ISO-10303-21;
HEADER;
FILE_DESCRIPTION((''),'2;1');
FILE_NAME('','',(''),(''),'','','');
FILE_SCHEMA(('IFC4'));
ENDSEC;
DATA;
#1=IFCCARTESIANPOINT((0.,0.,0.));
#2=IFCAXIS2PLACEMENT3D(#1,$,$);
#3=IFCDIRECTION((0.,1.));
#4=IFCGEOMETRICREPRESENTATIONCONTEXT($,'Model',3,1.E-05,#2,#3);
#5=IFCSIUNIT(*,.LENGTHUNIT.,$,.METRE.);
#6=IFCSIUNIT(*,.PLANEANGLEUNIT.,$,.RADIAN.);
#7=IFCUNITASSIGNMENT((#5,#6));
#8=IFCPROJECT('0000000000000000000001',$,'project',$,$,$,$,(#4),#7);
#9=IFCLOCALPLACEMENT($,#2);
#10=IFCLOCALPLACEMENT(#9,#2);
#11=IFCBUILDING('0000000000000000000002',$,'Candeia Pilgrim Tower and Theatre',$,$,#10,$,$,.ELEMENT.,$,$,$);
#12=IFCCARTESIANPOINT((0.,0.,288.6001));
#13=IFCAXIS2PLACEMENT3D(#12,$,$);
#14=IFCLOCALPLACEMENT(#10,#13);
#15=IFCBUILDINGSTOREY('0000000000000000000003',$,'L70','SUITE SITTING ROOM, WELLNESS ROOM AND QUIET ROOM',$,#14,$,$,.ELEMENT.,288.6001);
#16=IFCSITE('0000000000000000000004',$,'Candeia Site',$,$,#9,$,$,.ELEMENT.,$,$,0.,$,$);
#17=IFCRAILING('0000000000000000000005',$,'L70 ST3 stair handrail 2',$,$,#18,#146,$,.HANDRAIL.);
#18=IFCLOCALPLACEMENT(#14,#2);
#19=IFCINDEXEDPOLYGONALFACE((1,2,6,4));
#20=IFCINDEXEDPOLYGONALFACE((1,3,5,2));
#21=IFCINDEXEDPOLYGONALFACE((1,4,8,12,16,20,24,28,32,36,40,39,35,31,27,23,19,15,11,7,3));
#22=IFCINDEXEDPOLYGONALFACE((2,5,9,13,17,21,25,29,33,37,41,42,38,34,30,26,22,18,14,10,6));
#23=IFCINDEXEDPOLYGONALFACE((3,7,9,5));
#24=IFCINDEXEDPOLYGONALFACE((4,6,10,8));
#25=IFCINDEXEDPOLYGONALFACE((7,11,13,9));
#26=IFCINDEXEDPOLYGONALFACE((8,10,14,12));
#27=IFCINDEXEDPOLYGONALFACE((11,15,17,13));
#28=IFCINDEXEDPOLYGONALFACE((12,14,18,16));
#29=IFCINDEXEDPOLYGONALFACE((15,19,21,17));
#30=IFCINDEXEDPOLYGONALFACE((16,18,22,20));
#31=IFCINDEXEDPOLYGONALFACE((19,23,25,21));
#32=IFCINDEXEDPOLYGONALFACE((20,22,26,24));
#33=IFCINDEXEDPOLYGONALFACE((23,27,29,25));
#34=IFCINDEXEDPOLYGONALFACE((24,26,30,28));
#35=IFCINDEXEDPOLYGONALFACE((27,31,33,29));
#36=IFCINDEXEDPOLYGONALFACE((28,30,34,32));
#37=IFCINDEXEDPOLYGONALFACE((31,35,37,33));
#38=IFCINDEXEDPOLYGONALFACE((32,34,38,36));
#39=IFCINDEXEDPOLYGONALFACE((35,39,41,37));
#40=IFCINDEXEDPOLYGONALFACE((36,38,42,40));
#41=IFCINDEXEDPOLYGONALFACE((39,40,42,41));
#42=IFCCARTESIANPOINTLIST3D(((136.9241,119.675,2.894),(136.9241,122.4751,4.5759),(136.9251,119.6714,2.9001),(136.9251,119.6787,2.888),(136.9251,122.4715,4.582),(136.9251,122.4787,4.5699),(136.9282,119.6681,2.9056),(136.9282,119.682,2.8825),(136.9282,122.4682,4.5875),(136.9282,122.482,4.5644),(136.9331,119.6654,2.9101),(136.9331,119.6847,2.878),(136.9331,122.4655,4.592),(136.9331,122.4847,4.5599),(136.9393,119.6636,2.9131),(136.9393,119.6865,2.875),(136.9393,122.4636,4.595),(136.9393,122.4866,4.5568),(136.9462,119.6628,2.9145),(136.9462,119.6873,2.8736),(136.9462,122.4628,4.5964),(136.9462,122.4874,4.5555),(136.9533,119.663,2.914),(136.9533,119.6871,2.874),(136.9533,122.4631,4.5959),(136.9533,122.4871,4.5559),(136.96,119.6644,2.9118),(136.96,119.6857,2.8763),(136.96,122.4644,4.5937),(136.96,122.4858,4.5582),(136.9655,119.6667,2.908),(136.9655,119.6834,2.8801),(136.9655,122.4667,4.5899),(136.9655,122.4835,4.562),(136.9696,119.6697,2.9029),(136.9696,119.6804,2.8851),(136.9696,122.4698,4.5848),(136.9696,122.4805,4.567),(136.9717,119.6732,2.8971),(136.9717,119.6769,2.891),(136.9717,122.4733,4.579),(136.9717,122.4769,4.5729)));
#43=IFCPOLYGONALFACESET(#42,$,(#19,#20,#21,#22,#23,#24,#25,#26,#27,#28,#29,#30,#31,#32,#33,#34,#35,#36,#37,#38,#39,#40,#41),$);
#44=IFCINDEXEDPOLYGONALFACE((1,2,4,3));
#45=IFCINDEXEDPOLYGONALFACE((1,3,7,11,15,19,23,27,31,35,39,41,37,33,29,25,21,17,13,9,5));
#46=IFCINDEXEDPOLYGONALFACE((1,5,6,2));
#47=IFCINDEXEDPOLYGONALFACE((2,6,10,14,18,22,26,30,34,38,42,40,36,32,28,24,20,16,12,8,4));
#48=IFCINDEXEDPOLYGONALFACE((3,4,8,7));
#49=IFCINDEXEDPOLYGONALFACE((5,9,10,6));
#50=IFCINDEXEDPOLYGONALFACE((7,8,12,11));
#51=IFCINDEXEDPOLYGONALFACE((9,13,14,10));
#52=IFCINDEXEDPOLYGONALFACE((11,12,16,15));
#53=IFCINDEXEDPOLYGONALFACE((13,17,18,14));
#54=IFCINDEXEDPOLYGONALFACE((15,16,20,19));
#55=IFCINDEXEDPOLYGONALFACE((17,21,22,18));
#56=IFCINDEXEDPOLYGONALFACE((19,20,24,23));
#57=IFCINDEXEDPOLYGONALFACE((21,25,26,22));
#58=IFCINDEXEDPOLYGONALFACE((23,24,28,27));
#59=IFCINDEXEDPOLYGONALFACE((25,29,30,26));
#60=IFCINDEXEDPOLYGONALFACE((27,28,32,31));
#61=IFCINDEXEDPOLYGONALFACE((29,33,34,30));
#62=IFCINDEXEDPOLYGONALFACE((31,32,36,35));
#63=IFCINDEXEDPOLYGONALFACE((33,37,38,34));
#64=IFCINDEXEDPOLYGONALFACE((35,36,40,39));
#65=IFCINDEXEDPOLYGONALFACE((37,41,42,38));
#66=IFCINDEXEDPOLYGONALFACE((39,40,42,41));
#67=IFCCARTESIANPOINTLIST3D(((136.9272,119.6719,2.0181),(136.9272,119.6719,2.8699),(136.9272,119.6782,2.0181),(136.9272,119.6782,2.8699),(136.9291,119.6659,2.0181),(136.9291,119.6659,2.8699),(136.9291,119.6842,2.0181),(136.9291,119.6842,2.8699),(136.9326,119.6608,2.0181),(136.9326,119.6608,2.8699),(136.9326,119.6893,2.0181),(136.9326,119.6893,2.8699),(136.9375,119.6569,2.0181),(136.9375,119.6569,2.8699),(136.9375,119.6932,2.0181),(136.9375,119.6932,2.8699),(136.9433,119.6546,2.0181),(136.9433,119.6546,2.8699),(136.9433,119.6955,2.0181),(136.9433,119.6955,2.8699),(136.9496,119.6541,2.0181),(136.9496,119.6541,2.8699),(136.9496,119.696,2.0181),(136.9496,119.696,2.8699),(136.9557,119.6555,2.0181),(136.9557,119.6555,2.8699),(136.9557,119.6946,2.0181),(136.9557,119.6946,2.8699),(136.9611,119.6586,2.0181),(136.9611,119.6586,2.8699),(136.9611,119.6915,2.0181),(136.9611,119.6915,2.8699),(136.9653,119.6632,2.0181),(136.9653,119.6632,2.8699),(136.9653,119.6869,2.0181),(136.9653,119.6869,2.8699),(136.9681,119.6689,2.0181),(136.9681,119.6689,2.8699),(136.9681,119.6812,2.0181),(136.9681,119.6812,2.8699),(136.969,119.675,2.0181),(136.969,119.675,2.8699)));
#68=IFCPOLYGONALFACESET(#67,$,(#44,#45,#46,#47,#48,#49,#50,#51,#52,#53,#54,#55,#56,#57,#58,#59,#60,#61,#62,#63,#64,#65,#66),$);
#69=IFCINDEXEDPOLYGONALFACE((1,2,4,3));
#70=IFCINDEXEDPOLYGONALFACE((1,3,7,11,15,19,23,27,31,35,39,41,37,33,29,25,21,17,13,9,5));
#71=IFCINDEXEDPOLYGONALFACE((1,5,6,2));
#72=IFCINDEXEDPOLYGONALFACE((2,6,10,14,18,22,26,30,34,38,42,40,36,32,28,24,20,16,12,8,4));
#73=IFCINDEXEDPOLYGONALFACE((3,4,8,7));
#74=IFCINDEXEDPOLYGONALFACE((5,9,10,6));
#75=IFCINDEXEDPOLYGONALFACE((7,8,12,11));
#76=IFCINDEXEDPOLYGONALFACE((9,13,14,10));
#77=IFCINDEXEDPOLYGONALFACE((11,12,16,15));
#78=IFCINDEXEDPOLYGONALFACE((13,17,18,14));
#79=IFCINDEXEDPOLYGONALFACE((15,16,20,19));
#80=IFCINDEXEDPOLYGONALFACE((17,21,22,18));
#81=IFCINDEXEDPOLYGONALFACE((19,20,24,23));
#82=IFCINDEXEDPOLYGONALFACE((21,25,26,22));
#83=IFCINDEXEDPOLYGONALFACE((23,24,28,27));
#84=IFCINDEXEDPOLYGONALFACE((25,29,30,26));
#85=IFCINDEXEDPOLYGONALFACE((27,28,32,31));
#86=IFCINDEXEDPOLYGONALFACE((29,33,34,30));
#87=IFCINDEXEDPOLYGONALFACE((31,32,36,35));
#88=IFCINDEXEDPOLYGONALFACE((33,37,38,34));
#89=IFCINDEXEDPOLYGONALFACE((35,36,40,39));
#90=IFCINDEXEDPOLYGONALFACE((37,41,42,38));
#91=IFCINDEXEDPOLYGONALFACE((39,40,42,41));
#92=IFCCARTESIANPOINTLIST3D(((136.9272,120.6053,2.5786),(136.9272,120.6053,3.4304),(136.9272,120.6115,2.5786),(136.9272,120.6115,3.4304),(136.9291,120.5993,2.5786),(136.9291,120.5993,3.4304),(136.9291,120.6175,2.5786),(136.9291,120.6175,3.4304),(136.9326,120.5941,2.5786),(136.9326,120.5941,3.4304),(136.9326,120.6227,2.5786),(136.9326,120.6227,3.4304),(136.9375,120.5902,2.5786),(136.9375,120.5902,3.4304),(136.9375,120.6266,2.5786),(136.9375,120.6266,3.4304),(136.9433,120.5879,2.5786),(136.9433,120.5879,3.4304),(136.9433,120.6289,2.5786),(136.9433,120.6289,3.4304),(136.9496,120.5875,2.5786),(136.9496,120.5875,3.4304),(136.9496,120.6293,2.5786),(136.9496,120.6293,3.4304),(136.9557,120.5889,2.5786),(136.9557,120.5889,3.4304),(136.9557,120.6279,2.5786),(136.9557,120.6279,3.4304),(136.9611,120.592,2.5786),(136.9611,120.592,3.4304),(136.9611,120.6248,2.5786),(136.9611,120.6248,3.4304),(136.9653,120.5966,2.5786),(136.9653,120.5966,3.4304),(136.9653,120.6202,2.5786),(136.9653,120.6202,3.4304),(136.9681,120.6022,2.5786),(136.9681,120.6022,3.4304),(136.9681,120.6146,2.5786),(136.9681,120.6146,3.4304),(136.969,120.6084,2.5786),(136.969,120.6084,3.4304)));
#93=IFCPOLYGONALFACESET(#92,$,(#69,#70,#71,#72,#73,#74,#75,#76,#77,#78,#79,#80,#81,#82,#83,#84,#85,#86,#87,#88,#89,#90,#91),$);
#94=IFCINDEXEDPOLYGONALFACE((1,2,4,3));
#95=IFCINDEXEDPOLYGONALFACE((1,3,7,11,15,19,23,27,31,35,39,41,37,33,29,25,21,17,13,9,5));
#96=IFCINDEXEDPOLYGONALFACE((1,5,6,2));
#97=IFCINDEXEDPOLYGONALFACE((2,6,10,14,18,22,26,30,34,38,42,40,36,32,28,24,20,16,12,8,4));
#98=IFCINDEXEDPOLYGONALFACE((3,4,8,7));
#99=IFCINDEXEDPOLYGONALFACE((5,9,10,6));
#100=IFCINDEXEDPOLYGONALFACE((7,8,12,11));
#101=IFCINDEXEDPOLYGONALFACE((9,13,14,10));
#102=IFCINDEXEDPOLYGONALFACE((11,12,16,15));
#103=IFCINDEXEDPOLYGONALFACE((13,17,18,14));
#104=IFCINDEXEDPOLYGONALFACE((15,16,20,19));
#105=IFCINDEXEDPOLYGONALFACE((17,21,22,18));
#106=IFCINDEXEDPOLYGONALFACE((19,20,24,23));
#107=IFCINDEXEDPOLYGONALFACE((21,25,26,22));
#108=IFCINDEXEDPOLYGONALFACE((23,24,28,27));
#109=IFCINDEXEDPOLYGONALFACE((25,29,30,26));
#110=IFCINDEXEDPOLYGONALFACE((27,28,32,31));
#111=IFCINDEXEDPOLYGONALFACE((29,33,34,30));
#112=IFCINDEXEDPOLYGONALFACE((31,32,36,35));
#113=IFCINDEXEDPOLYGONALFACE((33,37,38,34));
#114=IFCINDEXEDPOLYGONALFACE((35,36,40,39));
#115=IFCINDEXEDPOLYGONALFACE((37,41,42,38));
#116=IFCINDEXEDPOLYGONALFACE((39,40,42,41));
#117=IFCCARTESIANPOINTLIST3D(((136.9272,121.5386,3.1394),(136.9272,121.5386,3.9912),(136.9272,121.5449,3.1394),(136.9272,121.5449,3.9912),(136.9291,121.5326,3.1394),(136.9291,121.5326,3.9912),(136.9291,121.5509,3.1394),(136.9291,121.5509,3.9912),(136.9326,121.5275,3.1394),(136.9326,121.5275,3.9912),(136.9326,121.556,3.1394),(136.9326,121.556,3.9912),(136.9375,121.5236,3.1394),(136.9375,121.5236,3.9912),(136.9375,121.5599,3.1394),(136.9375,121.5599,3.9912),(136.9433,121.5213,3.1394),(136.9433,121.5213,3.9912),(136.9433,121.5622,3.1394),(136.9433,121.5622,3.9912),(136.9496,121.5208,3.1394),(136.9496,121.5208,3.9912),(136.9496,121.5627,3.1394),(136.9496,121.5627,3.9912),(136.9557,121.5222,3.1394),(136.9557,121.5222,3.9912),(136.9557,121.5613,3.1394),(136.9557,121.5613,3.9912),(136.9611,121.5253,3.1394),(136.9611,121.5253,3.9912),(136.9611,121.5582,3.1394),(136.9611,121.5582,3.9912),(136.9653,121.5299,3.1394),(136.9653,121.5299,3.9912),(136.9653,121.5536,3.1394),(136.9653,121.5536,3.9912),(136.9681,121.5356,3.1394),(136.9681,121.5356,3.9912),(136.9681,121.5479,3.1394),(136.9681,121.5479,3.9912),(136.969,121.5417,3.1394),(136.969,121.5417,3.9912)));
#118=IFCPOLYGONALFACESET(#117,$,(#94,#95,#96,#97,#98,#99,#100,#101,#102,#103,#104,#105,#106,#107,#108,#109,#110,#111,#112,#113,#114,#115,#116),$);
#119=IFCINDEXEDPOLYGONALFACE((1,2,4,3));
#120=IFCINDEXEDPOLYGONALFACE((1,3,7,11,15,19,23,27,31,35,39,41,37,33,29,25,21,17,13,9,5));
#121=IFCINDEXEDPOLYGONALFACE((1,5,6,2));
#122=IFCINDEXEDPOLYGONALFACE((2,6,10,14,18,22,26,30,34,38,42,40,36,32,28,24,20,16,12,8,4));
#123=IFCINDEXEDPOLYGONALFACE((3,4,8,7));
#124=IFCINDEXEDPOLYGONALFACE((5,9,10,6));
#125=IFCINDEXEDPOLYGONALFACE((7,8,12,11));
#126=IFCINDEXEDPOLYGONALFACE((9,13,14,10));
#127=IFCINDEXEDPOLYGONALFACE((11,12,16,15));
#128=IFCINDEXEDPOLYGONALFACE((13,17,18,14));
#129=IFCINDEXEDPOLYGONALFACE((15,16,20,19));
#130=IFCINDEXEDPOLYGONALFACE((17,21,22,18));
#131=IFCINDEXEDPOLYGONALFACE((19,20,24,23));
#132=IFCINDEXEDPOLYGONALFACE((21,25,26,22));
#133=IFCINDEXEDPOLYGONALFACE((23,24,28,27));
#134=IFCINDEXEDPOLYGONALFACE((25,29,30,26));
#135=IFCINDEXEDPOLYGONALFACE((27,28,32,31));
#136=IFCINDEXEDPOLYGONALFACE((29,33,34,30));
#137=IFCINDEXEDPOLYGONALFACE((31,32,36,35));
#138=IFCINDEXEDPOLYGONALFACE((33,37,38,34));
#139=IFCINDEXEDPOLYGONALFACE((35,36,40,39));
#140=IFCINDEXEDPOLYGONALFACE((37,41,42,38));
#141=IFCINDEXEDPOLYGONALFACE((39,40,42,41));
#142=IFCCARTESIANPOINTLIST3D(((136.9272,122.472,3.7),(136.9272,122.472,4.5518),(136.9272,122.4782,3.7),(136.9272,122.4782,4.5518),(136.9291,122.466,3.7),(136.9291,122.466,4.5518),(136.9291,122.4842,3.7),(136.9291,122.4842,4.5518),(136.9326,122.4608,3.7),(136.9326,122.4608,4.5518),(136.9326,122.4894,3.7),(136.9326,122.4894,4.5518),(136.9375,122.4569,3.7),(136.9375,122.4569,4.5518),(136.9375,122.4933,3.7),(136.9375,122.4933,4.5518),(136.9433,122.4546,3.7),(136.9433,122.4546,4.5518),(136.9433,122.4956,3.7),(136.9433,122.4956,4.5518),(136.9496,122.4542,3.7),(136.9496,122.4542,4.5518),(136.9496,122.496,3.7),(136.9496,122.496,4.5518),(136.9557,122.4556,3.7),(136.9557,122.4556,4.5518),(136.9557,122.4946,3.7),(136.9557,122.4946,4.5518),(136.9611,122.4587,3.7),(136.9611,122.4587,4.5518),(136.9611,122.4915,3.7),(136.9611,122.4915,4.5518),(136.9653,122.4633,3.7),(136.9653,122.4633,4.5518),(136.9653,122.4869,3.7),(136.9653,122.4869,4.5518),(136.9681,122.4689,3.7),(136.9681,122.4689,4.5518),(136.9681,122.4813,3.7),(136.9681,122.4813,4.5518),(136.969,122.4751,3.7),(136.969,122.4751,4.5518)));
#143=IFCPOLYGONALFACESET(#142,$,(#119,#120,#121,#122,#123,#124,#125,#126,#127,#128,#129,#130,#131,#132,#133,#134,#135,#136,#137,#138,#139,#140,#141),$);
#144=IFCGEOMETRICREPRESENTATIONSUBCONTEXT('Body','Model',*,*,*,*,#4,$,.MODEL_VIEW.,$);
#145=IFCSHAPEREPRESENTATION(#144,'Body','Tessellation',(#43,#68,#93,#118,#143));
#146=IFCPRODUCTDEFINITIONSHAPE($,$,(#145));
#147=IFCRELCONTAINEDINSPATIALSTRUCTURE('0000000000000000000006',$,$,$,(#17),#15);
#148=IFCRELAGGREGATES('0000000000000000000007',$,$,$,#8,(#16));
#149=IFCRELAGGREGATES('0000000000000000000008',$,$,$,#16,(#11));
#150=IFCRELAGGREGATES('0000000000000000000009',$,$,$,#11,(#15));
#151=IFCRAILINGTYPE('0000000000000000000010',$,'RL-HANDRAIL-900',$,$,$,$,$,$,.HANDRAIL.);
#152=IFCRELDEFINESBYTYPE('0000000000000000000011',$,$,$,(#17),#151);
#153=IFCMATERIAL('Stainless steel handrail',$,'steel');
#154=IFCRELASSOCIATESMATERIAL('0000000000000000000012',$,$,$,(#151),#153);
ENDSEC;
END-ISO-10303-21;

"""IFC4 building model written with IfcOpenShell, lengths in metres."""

from ifc_helpers import new_model, si_unit, direction, frame, origin, origin_2d, place, context, subcontext, project, spatial, circle, extrude, material, type_object, element, save


model = new_model("IFC4")

# Units and contexts
model_context = context("Model", 3, precision=1e-05, world=origin(), true_north=direction((0.0, 1.0)))
body_context = subcontext(model_context, "Body", "Model", "MODEL_VIEW")
ifc_project = project(units=[si_unit("LENGTHUNIT", "METRE"), si_unit("PLANEANGLEUNIT", "RADIAN")], contexts=[model_context])

# Site, building, storey
site_placement = place(None, origin())
site = spatial("IfcSite", under=ifc_project, at=site_placement, Name="Candeia Site", CompositionType="ELEMENT", RefElevation=0.0)
building_placement = place(site_placement, origin())
building = spatial("IfcBuilding", under=site, at=building_placement, Name="Candeia Pilgrim Tower and Theatre", CompositionType="ELEMENT")
storey_placement = place(building_placement, frame((0.0, 0.0, 288.6001)))
storey = spatial("IfcBuildingStorey", under=building, at=storey_placement, Name="L70", Description="SUITE SITTING ROOM, WELLNESS ROOM AND QUIET ROOM", CompositionType="ELEMENT", Elevation=288.6001)

# Railing
ifc_material_1 = material(Name="Stainless steel handrail", Category="steel")
railing_type_1 = type_object("IfcRailingType", Name="RL-HANDRAIL-900", PredefinedType="HANDRAIL", material=ifc_material_1)
railing_1_placement = place(storey_placement, frame((136.948, 119.675, 2.0181)))
element("IfcRailing", 1, at=railing_1_placement, inside=storey, type_object=railing_type_1, Name="L70 ST3 stair handrail 2", PredefinedType="HANDRAIL", context=body_context, shape_type="SweptSolid", body=[
    extrude(circle(Radius=0.0239, at=origin_2d()), frame((0.0, 0.0, 0.876), z_axis=(0.0, 0.857242, 0.514913), x_axis=(-1.0, 0.0, 0.0)), (0.0, 0.0, 1.0), 3.2664),
    extrude(circle(Radius=0.021, at=origin_2d()), origin(), (0.0, 0.0, 1.0), 0.8518),
    extrude(circle(Radius=0.021, at=origin_2d()), frame((0.0, 0.9333, 0.5605)), (0.0, 0.0, 1.0), 0.8518),
    extrude(circle(Radius=0.021, at=origin_2d()), frame((0.0, 1.8667, 1.1213)), (0.0, 0.0, 1.0), 0.8518),
    extrude(circle(Radius=0.021, at=origin_2d()), frame((0.0, 2.8, 1.6819)), (0.0, 0.0, 1.0), 0.8518),
])

save(model, "model.ifc")
